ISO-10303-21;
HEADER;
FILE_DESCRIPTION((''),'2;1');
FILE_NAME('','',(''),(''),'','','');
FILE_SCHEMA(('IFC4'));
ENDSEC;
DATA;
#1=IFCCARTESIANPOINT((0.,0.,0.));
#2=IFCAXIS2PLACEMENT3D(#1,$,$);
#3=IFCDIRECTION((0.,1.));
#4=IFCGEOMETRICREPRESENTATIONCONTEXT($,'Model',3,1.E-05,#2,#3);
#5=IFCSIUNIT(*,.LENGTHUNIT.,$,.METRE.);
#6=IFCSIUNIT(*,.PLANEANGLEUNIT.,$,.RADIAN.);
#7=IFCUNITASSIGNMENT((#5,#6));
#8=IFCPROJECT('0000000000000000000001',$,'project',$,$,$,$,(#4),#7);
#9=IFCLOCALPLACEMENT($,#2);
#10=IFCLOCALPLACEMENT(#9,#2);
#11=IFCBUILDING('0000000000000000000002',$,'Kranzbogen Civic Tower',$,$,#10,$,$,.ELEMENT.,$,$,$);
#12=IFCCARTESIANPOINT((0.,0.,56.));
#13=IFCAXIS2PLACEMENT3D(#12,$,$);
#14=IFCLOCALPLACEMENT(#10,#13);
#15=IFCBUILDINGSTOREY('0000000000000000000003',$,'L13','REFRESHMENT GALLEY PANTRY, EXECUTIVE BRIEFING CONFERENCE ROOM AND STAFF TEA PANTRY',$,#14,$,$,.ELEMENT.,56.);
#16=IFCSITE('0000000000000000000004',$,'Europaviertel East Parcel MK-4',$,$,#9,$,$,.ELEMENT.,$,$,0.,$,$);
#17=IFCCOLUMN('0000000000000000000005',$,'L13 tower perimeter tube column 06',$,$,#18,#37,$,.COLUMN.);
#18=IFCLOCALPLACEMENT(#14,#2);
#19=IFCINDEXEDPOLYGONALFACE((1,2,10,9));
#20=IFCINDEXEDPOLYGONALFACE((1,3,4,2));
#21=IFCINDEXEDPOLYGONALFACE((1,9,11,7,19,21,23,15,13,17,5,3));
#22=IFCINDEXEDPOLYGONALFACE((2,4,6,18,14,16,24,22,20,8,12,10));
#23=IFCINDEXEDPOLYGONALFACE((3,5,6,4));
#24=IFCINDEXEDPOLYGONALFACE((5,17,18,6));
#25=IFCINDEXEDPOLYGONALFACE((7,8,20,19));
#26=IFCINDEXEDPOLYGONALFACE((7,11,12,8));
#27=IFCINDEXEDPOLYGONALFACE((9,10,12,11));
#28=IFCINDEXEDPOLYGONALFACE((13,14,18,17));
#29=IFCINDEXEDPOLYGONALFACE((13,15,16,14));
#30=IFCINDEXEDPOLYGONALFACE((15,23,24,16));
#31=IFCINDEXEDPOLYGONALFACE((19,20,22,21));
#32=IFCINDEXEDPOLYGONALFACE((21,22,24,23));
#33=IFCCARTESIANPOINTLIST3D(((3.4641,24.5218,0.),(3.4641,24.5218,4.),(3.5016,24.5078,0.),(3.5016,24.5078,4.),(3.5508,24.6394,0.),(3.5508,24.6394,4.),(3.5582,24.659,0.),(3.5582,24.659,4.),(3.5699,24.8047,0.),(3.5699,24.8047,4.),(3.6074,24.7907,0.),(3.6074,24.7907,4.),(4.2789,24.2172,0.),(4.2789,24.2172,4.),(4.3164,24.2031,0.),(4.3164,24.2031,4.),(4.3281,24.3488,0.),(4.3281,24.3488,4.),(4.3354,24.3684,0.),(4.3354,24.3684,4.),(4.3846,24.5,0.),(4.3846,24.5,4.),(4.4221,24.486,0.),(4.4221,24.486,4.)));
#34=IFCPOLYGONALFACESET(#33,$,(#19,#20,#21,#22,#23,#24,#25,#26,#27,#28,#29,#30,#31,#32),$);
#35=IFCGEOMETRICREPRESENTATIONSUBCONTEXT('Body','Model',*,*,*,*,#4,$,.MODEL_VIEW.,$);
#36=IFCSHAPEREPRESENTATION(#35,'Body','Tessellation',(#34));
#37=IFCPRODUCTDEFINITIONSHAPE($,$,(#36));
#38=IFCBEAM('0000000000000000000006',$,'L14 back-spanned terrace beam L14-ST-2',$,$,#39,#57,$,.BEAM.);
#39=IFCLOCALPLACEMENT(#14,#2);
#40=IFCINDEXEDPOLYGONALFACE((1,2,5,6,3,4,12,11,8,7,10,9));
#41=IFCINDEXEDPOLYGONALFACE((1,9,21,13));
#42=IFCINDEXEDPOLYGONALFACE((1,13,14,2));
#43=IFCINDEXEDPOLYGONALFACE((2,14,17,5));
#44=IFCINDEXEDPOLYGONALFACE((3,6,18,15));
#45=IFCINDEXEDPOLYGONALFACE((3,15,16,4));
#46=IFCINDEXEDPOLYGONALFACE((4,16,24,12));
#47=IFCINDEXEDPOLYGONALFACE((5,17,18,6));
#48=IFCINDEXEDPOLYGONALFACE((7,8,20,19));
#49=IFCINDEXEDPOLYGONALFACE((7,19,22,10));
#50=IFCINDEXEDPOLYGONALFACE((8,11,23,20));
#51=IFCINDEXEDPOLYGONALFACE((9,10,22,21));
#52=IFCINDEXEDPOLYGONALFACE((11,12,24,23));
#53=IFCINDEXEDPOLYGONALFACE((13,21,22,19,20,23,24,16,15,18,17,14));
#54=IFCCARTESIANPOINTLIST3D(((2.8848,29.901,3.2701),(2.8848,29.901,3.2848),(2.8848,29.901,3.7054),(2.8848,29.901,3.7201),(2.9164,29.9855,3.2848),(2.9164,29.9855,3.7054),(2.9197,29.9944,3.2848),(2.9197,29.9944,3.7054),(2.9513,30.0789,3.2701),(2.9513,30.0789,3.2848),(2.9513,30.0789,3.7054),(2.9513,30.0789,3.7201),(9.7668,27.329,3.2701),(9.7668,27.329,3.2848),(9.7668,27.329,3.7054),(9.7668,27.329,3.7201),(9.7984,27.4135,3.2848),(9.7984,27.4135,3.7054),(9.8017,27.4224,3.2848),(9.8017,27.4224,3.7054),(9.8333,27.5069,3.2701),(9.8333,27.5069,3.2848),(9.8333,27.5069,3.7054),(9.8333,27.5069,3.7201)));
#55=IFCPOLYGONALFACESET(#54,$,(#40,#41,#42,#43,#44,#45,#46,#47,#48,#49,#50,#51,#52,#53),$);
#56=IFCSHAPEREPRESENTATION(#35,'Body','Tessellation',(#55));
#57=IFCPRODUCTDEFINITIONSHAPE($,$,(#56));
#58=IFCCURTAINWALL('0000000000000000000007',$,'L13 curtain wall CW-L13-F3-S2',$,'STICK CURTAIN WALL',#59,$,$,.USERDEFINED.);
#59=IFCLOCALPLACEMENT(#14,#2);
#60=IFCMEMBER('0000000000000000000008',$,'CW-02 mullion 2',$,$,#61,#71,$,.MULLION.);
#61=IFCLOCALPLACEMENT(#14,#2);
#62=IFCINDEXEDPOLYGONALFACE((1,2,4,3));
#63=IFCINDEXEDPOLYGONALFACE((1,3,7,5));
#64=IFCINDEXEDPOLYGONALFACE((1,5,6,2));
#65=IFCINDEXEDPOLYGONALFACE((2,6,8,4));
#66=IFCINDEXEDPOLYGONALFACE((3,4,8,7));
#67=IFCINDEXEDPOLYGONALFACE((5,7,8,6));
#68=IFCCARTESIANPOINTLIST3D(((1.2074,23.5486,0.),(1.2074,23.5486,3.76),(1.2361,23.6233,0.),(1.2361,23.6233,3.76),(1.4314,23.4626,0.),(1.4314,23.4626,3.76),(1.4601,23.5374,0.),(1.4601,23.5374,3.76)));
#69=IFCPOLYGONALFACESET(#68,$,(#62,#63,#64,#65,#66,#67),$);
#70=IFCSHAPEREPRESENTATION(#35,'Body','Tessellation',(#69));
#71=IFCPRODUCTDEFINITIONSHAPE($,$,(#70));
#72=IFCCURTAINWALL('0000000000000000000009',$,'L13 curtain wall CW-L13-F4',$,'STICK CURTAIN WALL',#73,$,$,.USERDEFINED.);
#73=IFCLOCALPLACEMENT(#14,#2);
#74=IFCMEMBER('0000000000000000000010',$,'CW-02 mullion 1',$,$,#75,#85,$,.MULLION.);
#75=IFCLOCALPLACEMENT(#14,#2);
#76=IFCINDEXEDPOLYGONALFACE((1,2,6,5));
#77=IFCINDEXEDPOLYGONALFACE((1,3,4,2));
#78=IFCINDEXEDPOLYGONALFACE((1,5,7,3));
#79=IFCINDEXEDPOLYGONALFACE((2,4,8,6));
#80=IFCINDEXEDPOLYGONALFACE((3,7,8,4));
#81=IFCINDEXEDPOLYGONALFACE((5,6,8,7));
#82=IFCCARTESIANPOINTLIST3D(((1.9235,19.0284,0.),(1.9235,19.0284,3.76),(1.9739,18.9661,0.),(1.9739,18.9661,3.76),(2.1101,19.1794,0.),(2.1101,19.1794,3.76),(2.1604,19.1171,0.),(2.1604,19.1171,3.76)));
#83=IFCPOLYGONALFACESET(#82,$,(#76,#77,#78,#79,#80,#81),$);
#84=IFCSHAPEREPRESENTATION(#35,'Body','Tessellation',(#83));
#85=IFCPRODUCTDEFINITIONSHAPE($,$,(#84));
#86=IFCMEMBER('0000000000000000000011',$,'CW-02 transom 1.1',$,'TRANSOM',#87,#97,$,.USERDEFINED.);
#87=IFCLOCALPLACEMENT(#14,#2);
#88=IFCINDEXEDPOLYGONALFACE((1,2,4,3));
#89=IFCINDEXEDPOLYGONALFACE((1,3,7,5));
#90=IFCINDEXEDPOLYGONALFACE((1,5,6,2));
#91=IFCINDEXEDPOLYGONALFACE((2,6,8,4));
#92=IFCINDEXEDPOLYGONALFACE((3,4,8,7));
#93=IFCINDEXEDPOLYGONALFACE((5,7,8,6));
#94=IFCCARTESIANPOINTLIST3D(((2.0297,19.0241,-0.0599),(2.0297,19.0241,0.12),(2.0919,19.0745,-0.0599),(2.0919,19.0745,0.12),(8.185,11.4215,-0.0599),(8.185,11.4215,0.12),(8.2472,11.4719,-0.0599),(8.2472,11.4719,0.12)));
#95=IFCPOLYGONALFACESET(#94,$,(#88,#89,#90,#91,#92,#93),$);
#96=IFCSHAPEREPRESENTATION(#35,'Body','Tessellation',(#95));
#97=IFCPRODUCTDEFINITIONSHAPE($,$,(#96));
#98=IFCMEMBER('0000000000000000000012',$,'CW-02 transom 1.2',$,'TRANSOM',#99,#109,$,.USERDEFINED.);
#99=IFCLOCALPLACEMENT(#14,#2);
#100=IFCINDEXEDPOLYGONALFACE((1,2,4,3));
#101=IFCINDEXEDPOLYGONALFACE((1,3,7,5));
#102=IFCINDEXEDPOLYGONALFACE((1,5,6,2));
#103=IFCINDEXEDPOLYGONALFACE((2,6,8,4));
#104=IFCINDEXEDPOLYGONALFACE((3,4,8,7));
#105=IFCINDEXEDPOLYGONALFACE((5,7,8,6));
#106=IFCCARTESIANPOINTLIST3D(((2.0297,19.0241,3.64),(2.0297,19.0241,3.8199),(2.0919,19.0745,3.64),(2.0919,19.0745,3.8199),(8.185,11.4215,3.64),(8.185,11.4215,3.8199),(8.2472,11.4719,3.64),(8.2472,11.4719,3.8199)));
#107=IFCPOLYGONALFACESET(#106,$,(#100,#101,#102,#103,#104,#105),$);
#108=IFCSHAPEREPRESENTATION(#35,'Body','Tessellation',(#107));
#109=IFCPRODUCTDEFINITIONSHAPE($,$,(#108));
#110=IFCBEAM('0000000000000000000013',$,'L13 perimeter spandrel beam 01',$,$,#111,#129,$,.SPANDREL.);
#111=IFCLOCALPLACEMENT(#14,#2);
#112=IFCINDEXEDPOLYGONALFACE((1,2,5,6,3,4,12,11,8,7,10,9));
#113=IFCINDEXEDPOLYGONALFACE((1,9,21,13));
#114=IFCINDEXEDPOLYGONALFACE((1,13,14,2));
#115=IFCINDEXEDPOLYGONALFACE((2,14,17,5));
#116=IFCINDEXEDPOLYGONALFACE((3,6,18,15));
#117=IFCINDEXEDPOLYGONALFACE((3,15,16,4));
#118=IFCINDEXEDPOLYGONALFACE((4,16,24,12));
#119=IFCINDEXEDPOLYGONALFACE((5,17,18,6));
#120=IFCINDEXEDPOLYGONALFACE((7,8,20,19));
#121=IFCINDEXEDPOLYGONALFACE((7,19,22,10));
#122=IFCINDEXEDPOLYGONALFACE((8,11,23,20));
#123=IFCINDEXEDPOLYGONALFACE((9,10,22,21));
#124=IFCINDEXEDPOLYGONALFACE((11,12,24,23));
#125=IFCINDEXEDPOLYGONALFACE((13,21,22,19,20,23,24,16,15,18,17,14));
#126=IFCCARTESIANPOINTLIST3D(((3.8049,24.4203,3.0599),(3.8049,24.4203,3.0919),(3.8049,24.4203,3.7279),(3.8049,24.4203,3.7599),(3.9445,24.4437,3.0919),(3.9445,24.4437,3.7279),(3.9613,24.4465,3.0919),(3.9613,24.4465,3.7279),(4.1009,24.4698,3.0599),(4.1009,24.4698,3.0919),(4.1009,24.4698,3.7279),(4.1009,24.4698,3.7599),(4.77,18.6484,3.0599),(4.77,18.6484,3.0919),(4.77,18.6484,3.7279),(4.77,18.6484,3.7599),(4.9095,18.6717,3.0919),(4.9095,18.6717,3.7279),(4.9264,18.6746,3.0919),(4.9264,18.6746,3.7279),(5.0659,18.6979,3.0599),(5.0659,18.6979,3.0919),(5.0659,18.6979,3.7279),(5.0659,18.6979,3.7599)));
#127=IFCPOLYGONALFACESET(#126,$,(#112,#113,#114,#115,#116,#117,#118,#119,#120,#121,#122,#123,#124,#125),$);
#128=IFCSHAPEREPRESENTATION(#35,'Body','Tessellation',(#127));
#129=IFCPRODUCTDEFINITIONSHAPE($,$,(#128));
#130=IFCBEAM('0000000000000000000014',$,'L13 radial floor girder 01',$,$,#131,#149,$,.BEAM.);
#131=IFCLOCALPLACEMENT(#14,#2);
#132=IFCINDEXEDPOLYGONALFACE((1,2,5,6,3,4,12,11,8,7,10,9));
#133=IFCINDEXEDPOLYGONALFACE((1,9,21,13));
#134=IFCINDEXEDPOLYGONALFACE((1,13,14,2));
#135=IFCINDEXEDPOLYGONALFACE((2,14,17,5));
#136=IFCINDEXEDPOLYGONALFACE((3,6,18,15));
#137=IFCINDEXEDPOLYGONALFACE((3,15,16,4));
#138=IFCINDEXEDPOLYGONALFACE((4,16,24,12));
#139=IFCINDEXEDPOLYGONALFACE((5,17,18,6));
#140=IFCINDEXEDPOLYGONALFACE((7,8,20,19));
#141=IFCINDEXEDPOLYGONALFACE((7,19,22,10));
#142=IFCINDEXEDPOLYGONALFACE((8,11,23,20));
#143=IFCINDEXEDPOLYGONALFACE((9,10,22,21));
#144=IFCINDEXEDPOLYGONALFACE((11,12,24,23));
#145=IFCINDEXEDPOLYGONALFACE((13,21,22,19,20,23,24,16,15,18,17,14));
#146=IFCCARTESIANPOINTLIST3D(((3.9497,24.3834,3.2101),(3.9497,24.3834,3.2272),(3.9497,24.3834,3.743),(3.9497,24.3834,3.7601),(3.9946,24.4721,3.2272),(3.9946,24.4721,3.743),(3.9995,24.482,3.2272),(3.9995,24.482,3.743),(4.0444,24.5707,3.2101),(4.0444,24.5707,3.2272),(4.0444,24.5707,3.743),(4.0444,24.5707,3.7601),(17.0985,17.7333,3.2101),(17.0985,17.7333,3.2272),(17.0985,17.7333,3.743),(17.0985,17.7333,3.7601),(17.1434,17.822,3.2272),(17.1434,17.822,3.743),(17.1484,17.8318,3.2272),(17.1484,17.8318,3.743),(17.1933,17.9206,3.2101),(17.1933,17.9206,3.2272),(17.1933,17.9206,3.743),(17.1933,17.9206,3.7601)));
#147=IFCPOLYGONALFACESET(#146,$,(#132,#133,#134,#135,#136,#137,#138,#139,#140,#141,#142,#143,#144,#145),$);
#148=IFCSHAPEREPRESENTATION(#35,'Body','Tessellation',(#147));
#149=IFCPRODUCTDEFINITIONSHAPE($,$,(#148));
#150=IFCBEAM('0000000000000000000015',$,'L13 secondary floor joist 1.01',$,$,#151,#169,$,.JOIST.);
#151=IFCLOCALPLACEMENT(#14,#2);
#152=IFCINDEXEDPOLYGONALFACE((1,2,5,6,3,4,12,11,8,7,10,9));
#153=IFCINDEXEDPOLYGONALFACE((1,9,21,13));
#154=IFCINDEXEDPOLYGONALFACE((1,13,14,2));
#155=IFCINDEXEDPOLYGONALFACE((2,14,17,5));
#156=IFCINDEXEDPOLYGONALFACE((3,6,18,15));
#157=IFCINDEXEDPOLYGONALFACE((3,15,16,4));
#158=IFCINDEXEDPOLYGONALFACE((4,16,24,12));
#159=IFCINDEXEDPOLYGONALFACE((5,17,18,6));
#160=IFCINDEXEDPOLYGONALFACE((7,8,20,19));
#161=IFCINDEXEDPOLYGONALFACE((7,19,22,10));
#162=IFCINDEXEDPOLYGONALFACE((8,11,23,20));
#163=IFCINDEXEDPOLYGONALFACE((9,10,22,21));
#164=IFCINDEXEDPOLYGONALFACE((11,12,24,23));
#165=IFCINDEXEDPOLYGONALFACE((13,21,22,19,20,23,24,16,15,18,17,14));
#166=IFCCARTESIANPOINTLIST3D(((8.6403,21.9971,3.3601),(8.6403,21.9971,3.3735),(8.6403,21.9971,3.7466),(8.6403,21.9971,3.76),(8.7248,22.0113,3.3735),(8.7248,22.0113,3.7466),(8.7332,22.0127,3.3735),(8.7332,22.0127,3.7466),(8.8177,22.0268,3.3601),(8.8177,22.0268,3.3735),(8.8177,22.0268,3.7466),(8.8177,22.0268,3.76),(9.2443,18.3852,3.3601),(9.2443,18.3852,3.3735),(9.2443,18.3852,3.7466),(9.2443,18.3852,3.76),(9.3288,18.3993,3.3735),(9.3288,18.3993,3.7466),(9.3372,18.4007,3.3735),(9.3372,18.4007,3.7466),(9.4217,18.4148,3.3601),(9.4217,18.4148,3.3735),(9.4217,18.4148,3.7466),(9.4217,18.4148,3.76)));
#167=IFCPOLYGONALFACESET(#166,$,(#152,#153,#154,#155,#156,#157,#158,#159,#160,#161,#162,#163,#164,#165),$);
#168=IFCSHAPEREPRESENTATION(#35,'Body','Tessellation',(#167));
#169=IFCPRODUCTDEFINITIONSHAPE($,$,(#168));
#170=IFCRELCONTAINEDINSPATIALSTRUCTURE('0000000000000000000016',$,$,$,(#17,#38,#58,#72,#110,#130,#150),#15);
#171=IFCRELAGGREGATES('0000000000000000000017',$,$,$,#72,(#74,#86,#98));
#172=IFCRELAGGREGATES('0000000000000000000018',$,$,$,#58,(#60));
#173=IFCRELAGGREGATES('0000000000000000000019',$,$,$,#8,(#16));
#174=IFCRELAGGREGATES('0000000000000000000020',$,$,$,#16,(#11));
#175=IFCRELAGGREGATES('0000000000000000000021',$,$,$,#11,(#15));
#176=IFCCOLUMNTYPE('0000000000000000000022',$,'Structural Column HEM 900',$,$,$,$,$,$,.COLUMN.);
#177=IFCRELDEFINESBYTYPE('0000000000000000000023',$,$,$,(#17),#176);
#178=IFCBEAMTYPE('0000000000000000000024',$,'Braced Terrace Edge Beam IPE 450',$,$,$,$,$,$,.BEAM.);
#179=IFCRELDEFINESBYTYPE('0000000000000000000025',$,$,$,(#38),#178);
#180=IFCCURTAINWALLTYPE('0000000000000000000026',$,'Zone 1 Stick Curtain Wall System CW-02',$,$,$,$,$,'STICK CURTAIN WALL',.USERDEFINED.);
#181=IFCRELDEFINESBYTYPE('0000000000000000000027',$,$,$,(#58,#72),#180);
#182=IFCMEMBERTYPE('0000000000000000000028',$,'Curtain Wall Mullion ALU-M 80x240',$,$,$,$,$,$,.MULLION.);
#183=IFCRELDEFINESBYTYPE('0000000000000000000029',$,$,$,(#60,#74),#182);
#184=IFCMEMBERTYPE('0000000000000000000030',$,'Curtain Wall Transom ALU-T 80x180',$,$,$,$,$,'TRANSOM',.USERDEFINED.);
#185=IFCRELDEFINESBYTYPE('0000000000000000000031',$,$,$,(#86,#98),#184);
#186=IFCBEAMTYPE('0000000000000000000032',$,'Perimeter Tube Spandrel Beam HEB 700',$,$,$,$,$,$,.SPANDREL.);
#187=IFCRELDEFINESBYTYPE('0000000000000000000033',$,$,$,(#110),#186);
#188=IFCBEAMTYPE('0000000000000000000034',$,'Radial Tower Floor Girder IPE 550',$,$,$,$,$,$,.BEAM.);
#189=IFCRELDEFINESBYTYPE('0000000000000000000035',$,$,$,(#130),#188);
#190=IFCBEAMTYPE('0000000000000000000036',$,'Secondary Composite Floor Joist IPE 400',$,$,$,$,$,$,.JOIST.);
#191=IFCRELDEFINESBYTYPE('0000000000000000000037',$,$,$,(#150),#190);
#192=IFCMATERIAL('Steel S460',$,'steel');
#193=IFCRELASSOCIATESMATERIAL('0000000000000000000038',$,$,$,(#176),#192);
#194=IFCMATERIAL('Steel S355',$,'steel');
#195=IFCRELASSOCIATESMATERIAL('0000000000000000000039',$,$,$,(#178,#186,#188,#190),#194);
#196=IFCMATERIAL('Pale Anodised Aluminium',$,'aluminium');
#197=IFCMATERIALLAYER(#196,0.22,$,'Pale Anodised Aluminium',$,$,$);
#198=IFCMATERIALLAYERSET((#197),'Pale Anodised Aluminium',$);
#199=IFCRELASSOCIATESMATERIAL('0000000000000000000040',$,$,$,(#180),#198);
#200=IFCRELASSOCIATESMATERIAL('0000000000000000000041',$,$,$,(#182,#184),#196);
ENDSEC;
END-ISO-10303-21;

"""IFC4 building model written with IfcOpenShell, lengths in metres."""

from ifc_helpers import new_model, si_unit, direction, frame, origin, origin_2d, place, context, subcontext, project, spatial, rectangle, i_section, extrude, material, layer, layer_set, material_profile, profile_set, type_object, element, aggregate, save


model = new_model("IFC4")

# Units and contexts
model_context = context("Model", 3, precision=1e-05, world=origin(), true_north=direction((0.0, 1.0)))
body_context = subcontext(model_context, "Body", "Model", "MODEL_VIEW")
ifc_project = project(units=[si_unit("LENGTHUNIT", "METRE"), si_unit("PLANEANGLEUNIT", "RADIAN")], contexts=[model_context])

# Site, building, storey
site_placement = place(None, origin())
site = spatial("IfcSite", under=ifc_project, at=site_placement, Name="Europaviertel East Parcel MK-4", CompositionType="ELEMENT", RefElevation=0.0)
building_placement = place(site_placement, origin())
building = spatial("IfcBuilding", under=site, at=building_placement, Name="Kranzbogen Civic Tower", CompositionType="ELEMENT")
storey_placement = place(building_placement, frame((0.0, 0.0, 56.0)))
storey = spatial("IfcBuildingStorey", under=building, at=storey_placement, Name="L13", Description="REFRESHMENT GALLEY PANTRY, EXECUTIVE BRIEFING CONFERENCE ROOM AND STAFF TEA PANTRY", CompositionType="ELEMENT", Elevation=56.0)

# Column
ifc_material_1 = material(Name="Steel S460", Category="steel")
ifc_material_profile_1 = material_profile(ifc_material_1, i_section(OverallWidth=0.302, OverallDepth=0.9099, WebThickness=0.021, FlangeThickness=0.04, at=origin_2d()), Name="HEM 900")
ifc_profile_set_1 = profile_set([ifc_material_profile_1], Name="Steel S460")
column_type = type_object("IfcColumnType", Name="Structural Column HEM 900", PredefinedType="COLUMN", material=ifc_profile_set_1)
column_placement = place(storey_placement, frame((3.9431, 24.5039, 0.0), z_axis=(0.0, 0.0, 1.0), x_axis=(0.350207, 0.936672, 0.0)))
element("IfcColumn", 1, at=column_placement, inside=storey, type_object=column_type, Name="L13 tower perimeter tube column 06", PredefinedType="COLUMN", context=body_context, shape_type="SweptSolid", body=[
    extrude(i_section(OverallWidth=0.302, OverallDepth=0.9099, WebThickness=0.021, FlangeThickness=0.04, at=origin_2d()), origin(), (0.0, 0.0, 1.0), 4.0),
])

# Beam
ifc_material_2 = material(Name="Steel S355", Category="steel")
ifc_material_profile_2 = material_profile(ifc_material_2, i_section(OverallWidth=0.1899, OverallDepth=0.45, WebThickness=0.0095, FlangeThickness=0.0146, at=origin_2d()), Name="IPE 450")
ifc_profile_set_2 = profile_set([ifc_material_profile_2], Name="Steel S355")
beam_type_1 = type_object("IfcBeamType", Name="Braced Terrace Edge Beam IPE 450", PredefinedType="BEAM", material=ifc_profile_set_2)
beam_1_placement = place(storey_placement, frame((9.8, 27.418, 3.4951), z_axis=(-0.936721, 0.350078, 0.0), x_axis=(-0.350078, -0.936721, 0.0)))
element("IfcBeam", 2, at=beam_1_placement, inside=storey, type_object=beam_type_1, Name="L14 back-spanned terrace beam L14-ST-2", PredefinedType="BEAM", context=body_context, shape_type="SweptSolid", body=[
    extrude(i_section(OverallWidth=0.1899, OverallDepth=0.45, WebThickness=0.0095, FlangeThickness=0.0146, at=origin_2d()), origin(), (0.0, 0.0, 1.0), 7.3469),
])

# Curtain wall, member
ifc_material_3 = material(Name="Pale Anodised Aluminium", Category="aluminium")
ifc_layer_1 = layer(ifc_material_3, 0.22, Name="Pale Anodised Aluminium")
ifc_layer_set_1 = layer_set([ifc_layer_1], Name="Pale Anodised Aluminium")
curtain_wall_type = type_object("IfcCurtainWallType", Name="Zone 1 Stick Curtain Wall System CW-02", ElementType="STICK CURTAIN WALL", PredefinedType="USERDEFINED", material=ifc_layer_set_1)
curtain_wall_1_placement = place(storey_placement, origin())
curtain_wall_1 = element("IfcCurtainWall", 3, at=curtain_wall_1_placement, inside=storey, type_object=curtain_wall_type, Name="L13 curtain wall CW-L13-F3-S2", ObjectType="STICK CURTAIN WALL", PredefinedType="USERDEFINED")
ifc_material_profile_3 = material_profile(ifc_material_3, rectangle(XDim=0.0801, YDim=0.24, at=origin_2d()), Name="ALU-M 80x240")
ifc_profile_set_3 = profile_set([ifc_material_profile_3], Name="Pale Anodised Aluminium")
member_type_1 = type_object("IfcMemberType", Name="Curtain Wall Mullion ALU-M 80x240", PredefinedType="MULLION", material=ifc_profile_set_3)
member_1_placement = place(storey_placement, frame((1.3337, 23.543, 0.0), z_axis=(0.0, 0.0, 1.0), x_axis=(-0.35833, -0.933595, 0.0)))
member_1 = element("IfcMember", 4, at=member_1_placement, type_object=member_type_1, Name="CW-02 mullion 2", PredefinedType="MULLION", context=body_context, shape_type="SweptSolid", body=[
    extrude(rectangle(XDim=0.0801, YDim=0.24, at=origin_2d()), origin(), (0.0, 0.0, 1.0), 3.76),
])

# Curtain wall, members
curtain_wall_2_placement = place(storey_placement, origin())
curtain_wall_2 = element("IfcCurtainWall", 5, at=curtain_wall_2_placement, inside=storey, type_object=curtain_wall_type, Name="L13 curtain wall CW-L13-F4", ObjectType="STICK CURTAIN WALL", PredefinedType="USERDEFINED")
member_2_placement = place(storey_placement, frame((2.042, 19.0728, 0.0), z_axis=(0.0, 0.0, 1.0), x_axis=(0.629255, -0.777199, 0.0)))
member_2 = element("IfcMember", 6, at=member_2_placement, type_object=member_type_1, Name="CW-02 mullion 1", PredefinedType="MULLION", context=body_context, shape_type="SweptSolid", body=[
    extrude(rectangle(XDim=0.0801, YDim=0.24, at=origin_2d()), origin(), (0.0, 0.0, 1.0), 3.76),
])
ifc_material_profile_4 = material_profile(ifc_material_3, rectangle(XDim=0.0801, YDim=0.1799, at=origin_2d()), Name="ALU-T 80x180")
ifc_profile_set_4 = profile_set([ifc_material_profile_4], Name="Pale Anodised Aluminium")
member_type_2 = type_object("IfcMemberType", Name="Curtain Wall Transom ALU-T 80x180", ElementType="TRANSOM", PredefinedType="USERDEFINED", material=ifc_profile_set_4)
member_3_placement = place(storey_placement, frame((2.0608, 19.0493, 0.03), z_axis=(0.62925, -0.777203, 0.0), x_axis=(0.777203, 0.62925, 0.0)))
member_3 = element("IfcMember", 7, at=member_3_placement, type_object=member_type_2, Name="CW-02 transom 1.1", ObjectType="TRANSOM", PredefinedType="USERDEFINED", context=body_context, shape_type="SweptSolid", body=[
    extrude(rectangle(XDim=0.0801, YDim=0.1799, at=origin_2d()), origin(), (0.0, 0.0, 1.0), 9.782),
])
member_4_placement = place(storey_placement, frame((2.0608, 19.0493, 3.73), z_axis=(0.62925, -0.777203, 0.0), x_axis=(0.777203, 0.62925, 0.0)))
member_4 = element("IfcMember", 8, at=member_4_placement, type_object=member_type_2, Name="CW-02 transom 1.2", ObjectType="TRANSOM", PredefinedType="USERDEFINED", context=body_context, shape_type="SweptSolid", body=[
    extrude(rectangle(XDim=0.0801, YDim=0.1799, at=origin_2d()), origin(), (0.0, 0.0, 1.0), 9.782),
])
aggregate(curtain_wall_2, [member_2, member_3, member_4])

# Beams
ifc_material_profile_5 = material_profile(ifc_material_2, i_section(OverallWidth=0.3, OverallDepth=0.7, WebThickness=0.0171, FlangeThickness=0.032, at=origin_2d()), Name="HEB 700")
ifc_profile_set_5 = profile_set([ifc_material_profile_5], Name="Steel S355")
beam_type_2 = type_object("IfcBeamType", Name="Perimeter Tube Spandrel Beam HEB 700", PredefinedType="SPANDREL", material=ifc_profile_set_5)
beam_2_placement = place(storey_placement, frame((3.9529, 24.4451, 3.4099), z_axis=(0.164913, -0.986308, 0.0), x_axis=(0.986308, 0.164913, 0.0)))
element("IfcBeam", 9, at=beam_2_placement, inside=storey, type_object=beam_type_2, Name="L13 perimeter spandrel beam 01", PredefinedType="SPANDREL", context=body_context, shape_type="SweptSolid", body=[
    extrude(i_section(OverallWidth=0.3, OverallDepth=0.7, WebThickness=0.0171, FlangeThickness=0.032, at=origin_2d()), origin(), (0.0, 0.0, 1.0), 5.8521),
])
ifc_material_profile_6 = material_profile(ifc_material_2, i_section(OverallWidth=0.21, OverallDepth=0.55, WebThickness=0.011, FlangeThickness=0.0171, at=origin_2d()), Name="IPE 550")
ifc_profile_set_6 = profile_set([ifc_material_profile_6], Name="Steel S355")
beam_type_3 = type_object("IfcBeamType", Name="Radial Tower Floor Girder IPE 550", PredefinedType="BEAM", material=ifc_profile_set_6)
beam_3_placement = place(storey_placement, frame((3.9971, 24.4771, 3.4851), z_axis=(0.892363, -0.451318, 0.0), x_axis=(0.451318, 0.892363, 0.0)))
element("IfcBeam", 10, at=beam_3_placement, inside=storey, type_object=beam_type_3, Name="L13 radial floor girder 01", PredefinedType="BEAM", context=body_context, shape_type="SweptSolid", body=[
    extrude(i_section(OverallWidth=0.21, OverallDepth=0.55, WebThickness=0.011, FlangeThickness=0.0171, at=origin_2d()), origin(), (0.0, 0.0, 1.0), 14.7349),
])
ifc_material_profile_7 = material_profile(ifc_material_2, i_section(OverallWidth=0.1799, OverallDepth=0.3999, WebThickness=0.0085, FlangeThickness=0.0134, at=origin_2d()), Name="IPE 400")
ifc_profile_set_7 = profile_set([ifc_material_profile_7], Name="Steel S355")
beam_type_4 = type_object("IfcBeamType", Name="Secondary Composite Floor Joist IPE 400", PredefinedType="JOIST", material=ifc_profile_set_7)
beam_4_placement = place(storey_placement, frame((8.729, 22.012, 3.5601), z_axis=(0.164929, -0.986305, 0.0), x_axis=(0.986305, 0.164929, 0.0)))
element("IfcBeam", 11, at=beam_4_placement, inside=storey, type_object=beam_type_4, Name="L13 secondary floor joist 1.01", PredefinedType="JOIST", context=body_context, shape_type="SweptSolid", body=[
    extrude(i_section(OverallWidth=0.1799, OverallDepth=0.3999, WebThickness=0.0085, FlangeThickness=0.0134, at=origin_2d()), origin(), (0.0, 0.0, 1.0), 3.6621),
])

aggregate(curtain_wall_1, [member_1])

save(model, "model.ifc")
